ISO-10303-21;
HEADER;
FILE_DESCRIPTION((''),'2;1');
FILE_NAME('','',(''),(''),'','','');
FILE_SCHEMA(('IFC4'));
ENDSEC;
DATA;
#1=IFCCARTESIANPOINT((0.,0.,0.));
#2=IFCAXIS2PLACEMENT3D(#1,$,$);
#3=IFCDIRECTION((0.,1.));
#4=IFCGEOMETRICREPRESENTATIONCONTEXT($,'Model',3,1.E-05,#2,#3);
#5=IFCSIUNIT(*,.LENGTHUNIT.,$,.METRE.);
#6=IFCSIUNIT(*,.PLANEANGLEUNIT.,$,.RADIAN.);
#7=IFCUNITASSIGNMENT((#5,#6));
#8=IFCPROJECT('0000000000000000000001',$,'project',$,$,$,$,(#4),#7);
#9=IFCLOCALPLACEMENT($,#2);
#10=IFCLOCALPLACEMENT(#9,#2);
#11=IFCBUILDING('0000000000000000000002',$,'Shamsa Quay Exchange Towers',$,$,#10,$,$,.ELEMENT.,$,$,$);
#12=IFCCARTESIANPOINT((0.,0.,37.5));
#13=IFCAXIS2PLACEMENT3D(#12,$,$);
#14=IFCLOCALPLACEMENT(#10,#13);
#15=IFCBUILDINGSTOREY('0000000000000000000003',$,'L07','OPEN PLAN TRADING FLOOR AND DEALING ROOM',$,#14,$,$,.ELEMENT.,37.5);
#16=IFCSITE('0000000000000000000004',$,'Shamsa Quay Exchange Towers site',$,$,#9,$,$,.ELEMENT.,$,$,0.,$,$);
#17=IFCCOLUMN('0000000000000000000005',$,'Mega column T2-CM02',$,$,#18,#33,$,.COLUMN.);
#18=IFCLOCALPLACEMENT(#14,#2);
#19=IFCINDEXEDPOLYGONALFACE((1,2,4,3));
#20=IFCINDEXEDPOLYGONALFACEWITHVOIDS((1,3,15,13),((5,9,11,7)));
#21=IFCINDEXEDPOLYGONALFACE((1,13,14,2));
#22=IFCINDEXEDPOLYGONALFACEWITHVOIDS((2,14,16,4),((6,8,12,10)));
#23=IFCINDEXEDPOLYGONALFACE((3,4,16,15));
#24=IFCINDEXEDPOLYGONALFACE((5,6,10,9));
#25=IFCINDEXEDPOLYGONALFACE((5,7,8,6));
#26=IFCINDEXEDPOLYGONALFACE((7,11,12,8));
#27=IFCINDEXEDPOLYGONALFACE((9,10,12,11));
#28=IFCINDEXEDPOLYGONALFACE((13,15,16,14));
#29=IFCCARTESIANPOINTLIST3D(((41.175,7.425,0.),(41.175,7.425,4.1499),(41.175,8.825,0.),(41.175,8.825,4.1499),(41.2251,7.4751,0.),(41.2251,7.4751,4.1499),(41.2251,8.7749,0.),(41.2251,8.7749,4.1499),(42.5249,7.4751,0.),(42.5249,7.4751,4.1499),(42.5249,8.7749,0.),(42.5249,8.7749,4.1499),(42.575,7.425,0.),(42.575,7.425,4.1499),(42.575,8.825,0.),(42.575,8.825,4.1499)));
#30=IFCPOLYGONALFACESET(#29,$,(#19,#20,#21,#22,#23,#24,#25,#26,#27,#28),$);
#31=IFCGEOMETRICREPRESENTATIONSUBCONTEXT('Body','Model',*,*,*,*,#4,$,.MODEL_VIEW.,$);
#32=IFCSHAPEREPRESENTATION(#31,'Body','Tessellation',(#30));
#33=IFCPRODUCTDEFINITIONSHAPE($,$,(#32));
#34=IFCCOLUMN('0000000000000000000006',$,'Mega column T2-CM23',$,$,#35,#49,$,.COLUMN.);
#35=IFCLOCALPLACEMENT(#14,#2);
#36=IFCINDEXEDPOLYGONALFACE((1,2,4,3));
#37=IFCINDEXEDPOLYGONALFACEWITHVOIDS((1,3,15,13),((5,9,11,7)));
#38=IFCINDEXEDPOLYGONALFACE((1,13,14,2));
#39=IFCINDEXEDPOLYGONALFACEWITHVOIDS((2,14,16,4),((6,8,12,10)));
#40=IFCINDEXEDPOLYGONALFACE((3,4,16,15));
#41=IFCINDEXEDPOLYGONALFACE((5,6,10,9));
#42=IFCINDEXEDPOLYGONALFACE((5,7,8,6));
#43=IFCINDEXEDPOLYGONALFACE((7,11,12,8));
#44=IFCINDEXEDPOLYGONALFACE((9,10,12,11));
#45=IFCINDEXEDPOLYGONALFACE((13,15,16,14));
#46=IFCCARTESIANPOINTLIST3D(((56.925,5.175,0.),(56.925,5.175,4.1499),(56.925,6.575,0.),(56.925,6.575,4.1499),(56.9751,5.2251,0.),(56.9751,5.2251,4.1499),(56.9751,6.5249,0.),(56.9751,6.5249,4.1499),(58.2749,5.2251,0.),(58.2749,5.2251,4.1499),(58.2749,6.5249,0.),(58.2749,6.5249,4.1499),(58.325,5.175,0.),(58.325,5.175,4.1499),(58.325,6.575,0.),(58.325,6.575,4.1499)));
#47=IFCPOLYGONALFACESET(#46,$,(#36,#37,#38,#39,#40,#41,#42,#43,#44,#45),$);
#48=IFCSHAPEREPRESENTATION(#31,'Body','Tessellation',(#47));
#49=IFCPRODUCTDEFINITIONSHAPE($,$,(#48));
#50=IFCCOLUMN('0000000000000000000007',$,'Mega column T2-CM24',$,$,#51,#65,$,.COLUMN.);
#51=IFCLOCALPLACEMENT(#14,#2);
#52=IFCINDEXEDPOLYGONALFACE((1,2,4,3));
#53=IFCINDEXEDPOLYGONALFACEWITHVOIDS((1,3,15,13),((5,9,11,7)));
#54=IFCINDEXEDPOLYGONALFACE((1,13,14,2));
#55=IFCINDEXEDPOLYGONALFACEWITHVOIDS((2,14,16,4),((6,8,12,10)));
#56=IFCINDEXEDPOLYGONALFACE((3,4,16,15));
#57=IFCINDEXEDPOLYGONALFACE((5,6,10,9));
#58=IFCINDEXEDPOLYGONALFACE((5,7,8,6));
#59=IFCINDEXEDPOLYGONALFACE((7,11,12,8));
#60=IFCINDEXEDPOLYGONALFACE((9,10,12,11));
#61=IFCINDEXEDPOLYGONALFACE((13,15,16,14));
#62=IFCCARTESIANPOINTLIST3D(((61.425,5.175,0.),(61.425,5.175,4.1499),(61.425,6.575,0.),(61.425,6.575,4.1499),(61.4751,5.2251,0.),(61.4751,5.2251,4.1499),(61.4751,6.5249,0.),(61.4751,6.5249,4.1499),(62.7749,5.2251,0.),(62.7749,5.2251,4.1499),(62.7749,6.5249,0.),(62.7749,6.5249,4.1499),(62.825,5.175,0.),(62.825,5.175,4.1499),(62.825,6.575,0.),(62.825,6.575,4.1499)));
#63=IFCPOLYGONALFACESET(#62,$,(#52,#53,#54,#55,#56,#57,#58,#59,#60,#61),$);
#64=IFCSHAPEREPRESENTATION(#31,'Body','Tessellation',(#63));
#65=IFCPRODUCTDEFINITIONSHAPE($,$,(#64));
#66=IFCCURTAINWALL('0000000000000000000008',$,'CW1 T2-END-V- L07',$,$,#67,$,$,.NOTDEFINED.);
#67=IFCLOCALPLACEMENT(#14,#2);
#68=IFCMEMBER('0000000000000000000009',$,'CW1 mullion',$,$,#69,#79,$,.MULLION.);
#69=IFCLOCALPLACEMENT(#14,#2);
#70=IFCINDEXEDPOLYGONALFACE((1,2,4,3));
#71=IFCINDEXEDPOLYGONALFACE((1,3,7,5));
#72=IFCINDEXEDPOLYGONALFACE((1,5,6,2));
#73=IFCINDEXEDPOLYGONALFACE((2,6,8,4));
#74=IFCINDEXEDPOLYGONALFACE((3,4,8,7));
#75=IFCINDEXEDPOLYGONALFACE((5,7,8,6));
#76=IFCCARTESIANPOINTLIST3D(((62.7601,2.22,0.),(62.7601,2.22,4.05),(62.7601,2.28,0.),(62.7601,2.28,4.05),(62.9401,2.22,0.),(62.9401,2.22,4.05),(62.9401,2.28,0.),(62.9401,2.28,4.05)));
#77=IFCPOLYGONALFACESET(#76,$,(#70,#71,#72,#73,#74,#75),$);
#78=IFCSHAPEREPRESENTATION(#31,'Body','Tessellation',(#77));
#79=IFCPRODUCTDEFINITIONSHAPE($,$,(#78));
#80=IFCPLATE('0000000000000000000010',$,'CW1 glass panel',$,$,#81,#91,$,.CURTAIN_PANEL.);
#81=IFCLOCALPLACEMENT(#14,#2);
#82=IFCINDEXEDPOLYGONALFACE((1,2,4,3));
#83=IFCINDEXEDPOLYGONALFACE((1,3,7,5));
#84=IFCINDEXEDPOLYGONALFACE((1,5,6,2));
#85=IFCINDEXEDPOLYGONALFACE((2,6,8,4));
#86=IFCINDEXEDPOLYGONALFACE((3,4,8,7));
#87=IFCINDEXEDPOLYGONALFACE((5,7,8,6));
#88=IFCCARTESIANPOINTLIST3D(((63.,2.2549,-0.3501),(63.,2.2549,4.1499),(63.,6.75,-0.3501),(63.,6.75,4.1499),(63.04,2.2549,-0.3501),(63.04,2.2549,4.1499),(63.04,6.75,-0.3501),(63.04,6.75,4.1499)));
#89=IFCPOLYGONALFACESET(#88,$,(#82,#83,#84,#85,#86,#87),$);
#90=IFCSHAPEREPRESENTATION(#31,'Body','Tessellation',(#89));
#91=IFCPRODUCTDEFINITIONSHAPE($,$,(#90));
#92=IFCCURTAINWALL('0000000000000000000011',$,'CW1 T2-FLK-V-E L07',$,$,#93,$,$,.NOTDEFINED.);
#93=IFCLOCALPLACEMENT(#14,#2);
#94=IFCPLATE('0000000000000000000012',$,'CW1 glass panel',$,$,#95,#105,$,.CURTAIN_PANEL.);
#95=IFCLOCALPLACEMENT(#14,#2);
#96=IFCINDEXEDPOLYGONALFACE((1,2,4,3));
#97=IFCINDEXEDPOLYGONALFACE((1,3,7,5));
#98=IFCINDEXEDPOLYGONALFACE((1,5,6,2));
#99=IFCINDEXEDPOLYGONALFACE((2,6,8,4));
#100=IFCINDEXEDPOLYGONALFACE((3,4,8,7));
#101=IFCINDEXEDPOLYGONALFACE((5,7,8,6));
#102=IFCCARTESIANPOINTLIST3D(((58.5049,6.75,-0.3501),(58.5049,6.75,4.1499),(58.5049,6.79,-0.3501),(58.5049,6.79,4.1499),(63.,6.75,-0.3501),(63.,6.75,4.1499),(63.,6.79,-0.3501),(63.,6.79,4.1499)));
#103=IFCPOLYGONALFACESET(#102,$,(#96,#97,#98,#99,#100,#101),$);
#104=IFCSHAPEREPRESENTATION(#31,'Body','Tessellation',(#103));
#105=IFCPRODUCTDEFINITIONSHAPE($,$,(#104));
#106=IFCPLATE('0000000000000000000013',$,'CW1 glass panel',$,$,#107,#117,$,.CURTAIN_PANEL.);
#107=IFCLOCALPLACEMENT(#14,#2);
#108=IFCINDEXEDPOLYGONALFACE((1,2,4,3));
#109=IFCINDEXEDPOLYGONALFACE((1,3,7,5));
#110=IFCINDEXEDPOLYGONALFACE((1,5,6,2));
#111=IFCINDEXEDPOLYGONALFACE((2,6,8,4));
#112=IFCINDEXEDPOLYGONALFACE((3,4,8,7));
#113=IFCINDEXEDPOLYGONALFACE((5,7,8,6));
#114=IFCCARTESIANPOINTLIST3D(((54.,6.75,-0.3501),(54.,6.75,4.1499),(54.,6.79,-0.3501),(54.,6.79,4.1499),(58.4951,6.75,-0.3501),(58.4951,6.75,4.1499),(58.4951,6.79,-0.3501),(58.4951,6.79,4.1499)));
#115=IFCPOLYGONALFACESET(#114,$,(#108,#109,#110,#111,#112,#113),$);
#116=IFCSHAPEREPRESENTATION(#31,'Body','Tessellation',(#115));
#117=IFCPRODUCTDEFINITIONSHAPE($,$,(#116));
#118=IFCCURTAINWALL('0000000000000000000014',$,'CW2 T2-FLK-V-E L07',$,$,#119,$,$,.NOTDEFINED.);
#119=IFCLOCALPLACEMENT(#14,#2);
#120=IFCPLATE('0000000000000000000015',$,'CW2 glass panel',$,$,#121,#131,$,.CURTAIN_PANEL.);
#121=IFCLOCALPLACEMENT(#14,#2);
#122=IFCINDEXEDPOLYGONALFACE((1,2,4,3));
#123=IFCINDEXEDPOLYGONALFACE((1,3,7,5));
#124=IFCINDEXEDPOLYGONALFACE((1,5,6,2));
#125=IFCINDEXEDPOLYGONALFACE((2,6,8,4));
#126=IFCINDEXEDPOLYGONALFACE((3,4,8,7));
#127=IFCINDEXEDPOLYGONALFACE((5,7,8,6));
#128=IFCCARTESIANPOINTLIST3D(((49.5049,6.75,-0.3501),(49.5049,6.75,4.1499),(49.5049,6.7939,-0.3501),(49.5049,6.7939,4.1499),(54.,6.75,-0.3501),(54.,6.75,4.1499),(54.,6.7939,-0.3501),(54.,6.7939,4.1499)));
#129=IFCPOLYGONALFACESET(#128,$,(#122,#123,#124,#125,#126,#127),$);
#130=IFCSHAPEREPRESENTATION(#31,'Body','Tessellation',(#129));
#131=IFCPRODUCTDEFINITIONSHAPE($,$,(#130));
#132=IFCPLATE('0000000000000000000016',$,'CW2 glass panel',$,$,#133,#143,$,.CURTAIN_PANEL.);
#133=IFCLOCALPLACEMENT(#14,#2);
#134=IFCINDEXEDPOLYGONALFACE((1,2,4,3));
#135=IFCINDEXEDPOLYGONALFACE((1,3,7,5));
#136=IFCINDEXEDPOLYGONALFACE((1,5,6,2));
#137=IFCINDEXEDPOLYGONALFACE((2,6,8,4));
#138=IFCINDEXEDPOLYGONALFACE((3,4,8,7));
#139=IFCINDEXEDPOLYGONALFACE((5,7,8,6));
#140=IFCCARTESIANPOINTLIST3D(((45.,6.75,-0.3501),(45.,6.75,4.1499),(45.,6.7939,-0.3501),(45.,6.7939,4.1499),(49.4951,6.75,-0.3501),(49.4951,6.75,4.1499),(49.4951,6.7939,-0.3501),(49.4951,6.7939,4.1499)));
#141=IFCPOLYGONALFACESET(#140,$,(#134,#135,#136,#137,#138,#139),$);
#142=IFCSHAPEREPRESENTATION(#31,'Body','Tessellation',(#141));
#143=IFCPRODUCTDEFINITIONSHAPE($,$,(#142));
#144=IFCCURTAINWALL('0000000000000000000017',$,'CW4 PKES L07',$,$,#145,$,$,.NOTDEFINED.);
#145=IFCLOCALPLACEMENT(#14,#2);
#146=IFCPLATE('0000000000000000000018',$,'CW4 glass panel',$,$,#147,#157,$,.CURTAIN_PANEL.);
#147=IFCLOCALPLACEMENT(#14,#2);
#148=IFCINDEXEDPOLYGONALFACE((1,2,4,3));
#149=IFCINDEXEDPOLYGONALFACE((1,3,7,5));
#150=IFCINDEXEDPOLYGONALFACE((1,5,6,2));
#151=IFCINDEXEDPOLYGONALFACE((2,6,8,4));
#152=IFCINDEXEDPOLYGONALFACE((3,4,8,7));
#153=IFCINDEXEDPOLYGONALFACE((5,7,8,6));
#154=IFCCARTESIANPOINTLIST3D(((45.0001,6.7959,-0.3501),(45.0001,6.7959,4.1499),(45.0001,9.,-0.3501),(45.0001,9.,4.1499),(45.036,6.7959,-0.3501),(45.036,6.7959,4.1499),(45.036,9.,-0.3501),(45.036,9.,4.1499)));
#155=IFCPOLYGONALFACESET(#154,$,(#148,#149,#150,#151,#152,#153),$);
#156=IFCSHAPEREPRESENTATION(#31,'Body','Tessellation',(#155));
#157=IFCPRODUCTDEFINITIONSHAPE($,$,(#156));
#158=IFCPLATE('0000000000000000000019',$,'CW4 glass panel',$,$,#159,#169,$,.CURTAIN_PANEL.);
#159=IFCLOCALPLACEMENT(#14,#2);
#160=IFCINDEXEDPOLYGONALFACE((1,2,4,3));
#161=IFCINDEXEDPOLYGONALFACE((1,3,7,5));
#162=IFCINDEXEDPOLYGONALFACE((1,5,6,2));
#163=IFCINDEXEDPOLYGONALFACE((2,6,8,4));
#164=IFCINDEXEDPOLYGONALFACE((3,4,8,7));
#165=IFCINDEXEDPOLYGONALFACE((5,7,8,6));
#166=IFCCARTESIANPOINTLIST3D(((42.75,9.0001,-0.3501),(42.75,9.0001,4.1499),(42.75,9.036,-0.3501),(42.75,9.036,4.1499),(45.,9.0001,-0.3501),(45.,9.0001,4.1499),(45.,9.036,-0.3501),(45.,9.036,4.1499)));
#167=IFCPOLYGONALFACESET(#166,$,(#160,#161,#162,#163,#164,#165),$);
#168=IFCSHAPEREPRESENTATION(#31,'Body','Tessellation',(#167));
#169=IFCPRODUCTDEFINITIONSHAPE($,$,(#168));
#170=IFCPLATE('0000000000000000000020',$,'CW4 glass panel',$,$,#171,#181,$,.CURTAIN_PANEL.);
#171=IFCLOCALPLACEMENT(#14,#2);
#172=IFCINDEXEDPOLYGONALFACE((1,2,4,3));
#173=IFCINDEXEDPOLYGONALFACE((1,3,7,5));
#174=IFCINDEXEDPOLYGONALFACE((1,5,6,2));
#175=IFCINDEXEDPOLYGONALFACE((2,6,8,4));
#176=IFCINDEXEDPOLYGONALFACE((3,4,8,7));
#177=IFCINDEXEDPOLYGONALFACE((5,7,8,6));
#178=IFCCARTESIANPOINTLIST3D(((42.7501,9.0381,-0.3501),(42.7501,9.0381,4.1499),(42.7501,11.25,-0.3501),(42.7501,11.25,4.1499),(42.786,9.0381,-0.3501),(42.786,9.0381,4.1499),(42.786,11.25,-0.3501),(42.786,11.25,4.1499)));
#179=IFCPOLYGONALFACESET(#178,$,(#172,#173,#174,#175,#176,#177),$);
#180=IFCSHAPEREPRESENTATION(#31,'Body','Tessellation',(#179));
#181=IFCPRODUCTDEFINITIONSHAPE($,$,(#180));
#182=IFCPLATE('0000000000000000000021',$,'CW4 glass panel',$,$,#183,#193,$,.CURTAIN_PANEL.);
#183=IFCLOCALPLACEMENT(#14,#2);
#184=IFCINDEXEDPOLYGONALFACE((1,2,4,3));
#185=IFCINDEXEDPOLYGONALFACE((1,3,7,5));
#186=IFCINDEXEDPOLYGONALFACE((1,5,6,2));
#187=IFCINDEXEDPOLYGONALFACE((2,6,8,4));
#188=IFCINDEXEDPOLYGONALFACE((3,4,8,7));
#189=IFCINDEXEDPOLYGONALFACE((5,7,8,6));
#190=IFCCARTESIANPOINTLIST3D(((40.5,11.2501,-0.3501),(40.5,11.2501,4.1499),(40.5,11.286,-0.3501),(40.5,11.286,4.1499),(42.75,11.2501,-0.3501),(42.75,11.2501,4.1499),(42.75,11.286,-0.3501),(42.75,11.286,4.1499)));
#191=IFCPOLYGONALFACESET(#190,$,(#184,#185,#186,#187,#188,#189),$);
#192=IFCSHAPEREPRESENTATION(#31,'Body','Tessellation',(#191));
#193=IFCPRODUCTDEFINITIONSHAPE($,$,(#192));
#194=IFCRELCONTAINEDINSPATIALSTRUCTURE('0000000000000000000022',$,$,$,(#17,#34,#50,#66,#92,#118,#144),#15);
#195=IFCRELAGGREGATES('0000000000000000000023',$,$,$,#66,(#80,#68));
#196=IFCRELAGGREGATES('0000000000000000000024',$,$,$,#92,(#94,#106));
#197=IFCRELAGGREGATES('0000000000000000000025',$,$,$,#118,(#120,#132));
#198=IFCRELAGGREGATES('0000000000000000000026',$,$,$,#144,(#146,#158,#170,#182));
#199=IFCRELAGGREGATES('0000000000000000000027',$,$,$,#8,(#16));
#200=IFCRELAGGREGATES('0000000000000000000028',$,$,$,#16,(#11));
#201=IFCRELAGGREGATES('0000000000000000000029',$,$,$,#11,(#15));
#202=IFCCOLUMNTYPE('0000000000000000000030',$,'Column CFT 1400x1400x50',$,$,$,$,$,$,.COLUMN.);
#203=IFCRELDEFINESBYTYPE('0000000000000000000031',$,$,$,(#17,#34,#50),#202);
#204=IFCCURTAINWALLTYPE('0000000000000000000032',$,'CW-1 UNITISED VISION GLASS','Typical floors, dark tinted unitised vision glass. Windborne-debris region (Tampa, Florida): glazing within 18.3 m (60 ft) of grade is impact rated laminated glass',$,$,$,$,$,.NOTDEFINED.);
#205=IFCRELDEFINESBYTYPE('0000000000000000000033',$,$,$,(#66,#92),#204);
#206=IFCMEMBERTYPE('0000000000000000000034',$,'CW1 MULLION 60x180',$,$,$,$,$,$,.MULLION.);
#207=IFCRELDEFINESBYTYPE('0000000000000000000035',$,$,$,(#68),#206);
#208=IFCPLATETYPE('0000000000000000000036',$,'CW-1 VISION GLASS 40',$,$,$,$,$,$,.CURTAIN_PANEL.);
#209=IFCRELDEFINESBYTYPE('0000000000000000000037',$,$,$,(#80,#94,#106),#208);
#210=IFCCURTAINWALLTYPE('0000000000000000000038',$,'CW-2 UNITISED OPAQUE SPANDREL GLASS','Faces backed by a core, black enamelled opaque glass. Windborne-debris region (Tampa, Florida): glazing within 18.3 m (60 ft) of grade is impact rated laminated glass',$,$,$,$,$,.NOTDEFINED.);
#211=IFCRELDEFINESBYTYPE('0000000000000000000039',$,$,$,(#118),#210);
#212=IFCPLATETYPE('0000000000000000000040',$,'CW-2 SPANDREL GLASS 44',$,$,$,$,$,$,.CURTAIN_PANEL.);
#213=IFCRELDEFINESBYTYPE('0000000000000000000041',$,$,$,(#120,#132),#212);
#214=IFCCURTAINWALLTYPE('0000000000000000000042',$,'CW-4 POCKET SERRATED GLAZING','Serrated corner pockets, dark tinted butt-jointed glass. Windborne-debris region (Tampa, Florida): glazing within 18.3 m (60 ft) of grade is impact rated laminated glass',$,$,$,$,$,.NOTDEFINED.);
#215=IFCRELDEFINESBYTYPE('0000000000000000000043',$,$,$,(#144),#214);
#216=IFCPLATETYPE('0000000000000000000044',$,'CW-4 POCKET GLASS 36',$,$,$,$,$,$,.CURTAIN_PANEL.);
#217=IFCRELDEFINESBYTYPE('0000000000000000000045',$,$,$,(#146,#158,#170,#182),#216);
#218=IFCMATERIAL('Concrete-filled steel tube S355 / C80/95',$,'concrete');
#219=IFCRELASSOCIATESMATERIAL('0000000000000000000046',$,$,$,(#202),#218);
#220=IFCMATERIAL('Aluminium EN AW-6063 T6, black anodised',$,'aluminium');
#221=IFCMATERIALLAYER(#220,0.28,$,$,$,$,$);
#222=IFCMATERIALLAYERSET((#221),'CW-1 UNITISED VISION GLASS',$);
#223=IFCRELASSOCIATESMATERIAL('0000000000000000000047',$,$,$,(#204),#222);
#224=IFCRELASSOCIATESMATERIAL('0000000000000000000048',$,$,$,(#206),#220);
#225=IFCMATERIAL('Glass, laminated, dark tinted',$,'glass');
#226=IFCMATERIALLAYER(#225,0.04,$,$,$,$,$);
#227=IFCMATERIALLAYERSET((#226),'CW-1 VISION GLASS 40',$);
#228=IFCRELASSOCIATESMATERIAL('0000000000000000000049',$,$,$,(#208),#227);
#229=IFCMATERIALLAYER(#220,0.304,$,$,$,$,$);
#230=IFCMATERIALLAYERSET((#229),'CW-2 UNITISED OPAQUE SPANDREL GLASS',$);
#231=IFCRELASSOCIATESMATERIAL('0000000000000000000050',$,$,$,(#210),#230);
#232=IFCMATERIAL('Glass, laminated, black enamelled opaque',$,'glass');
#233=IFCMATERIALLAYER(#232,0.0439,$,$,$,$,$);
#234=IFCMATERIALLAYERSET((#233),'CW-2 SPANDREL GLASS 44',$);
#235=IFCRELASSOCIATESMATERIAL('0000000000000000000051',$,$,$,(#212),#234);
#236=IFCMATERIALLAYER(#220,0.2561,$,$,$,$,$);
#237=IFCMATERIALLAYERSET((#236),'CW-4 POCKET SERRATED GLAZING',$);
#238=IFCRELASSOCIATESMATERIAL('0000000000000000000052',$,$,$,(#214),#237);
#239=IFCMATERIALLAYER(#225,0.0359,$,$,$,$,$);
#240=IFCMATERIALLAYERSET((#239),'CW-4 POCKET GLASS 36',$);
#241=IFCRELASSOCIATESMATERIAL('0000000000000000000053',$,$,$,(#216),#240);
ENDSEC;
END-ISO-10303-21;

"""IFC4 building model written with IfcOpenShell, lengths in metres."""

from ifc_helpers import new_model, si_unit, direction, frame, origin, origin_2d, place, context, subcontext, project, spatial, rectangle, hollow_rectangle, extrude, material, layer, layer_set, material_profile, profile_set, type_object, element, aggregate, save


model = new_model("IFC4")

# Units and contexts
model_context = context("Model", 3, precision=1e-05, world=origin(), true_north=direction((0.0, 1.0)))
body_context = subcontext(model_context, "Body", "Model", "MODEL_VIEW")
ifc_project = project(units=[si_unit("LENGTHUNIT", "METRE"), si_unit("PLANEANGLEUNIT", "RADIAN")], contexts=[model_context])

# Site, building, storey
site_placement = place(None, origin())
site = spatial("IfcSite", under=ifc_project, at=site_placement, Name="Shamsa Quay Exchange Towers site", CompositionType="ELEMENT", RefElevation=0.0)
building_placement = place(site_placement, origin())
building = spatial("IfcBuilding", under=site, at=building_placement, Name="Shamsa Quay Exchange Towers", CompositionType="ELEMENT")
storey_placement = place(building_placement, frame((0.0, 0.0, 37.5)))
storey = spatial("IfcBuildingStorey", under=building, at=storey_placement, Name="L07", Description="OPEN PLAN TRADING FLOOR AND DEALING ROOM", CompositionType="ELEMENT", Elevation=37.5)

# Columns
ifc_material_1 = material(Name="Concrete-filled steel tube S355 / C80/95", Category="concrete")
ifc_material_profile_1 = material_profile(ifc_material_1, hollow_rectangle(XDim=1.3999, YDim=1.3999, WallThickness=0.05, at=origin_2d()), Name="CFT 1400x1400x50")
ifc_profile_set_1 = profile_set([ifc_material_profile_1], Name="Concrete-filled steel tube S355 / C80/95")
column_type = type_object("IfcColumnType", Name="Column CFT 1400x1400x50", PredefinedType="COLUMN", material=ifc_profile_set_1)
for number, where, name in (
    (1, (41.875, 8.125, 0.0), "Mega column T2-CM02"),
    (2, (57.625, 5.875, 0.0), "Mega column T2-CM23"),
    (3, (62.125, 5.875, 0.0), "Mega column T2-CM24"),
):
    element("IfcColumn", number, at=place(storey_placement, frame(where)), inside=storey, type_object=column_type, Name=name, PredefinedType="COLUMN", context=body_context, shape_type="SweptSolid", body=[
        extrude(hollow_rectangle(XDim=1.3999, YDim=1.3999, WallThickness=0.05, at=origin_2d()), origin(), (0.0, 0.0, 1.0), 4.1499),
    ])

# Curtain wall, member, plate
ifc_material_2 = material(Name="Aluminium EN AW-6063 T6, black anodised", Category="aluminium")
ifc_layer_1 = layer(ifc_material_2, 0.28)
ifc_layer_set_1 = layer_set([ifc_layer_1], Name="CW-1 UNITISED VISION GLASS")
curtain_wall_type_1 = type_object("IfcCurtainWallType", Name="CW-1 UNITISED VISION GLASS", Description="Typical floors, dark tinted unitised vision glass. Windborne-debris region (Tampa, Florida): glazing within 18.3 m (60 ft) of grade is impact rated laminated glass", PredefinedType="NOTDEFINED", material=ifc_layer_set_1)
curtain_wall_1_placement = place(storey_placement, origin())
curtain_wall_1 = element("IfcCurtainWall", 4, at=curtain_wall_1_placement, inside=storey, type_object=curtain_wall_type_1, Name="CW1 T2-END-V- L07", PredefinedType="NOTDEFINED")
ifc_material_profile_2 = material_profile(ifc_material_2, rectangle(XDim=0.1799, YDim=0.0601, at=origin_2d()), Name="MU60x180")
ifc_profile_set_2 = profile_set([ifc_material_profile_2], Name="Aluminium EN AW-6063 T6, black anodised")
member_type = type_object("IfcMemberType", Name="CW1 MULLION 60x180", PredefinedType="MULLION", material=ifc_profile_set_2)
member_placement = place(storey_placement, frame((62.8501, 2.25, 0.0), z_axis=(0.0, 0.0, 1.0), x_axis=(-1.0, 0.0, 0.0)))
member = element("IfcMember", 5, at=member_placement, type_object=member_type, Name="CW1 mullion", PredefinedType="MULLION", context=body_context, shape_type="SweptSolid", body=[
    extrude(rectangle(XDim=0.1799, YDim=0.0601, at=origin_2d()), origin(), (0.0, 0.0, 1.0), 4.05),
])
ifc_material_3 = material(Name="Glass, laminated, dark tinted", Category="glass")
ifc_layer_2 = layer(ifc_material_3, 0.04)
ifc_layer_set_2 = layer_set([ifc_layer_2], Name="CW-1 VISION GLASS 40")
plate_type_1 = type_object("IfcPlateType", Name="CW-1 VISION GLASS 40", PredefinedType="CURTAIN_PANEL", material=ifc_layer_set_2)
plate_1_placement = place(storey_placement, frame((63.02, 4.5024, -0.3501), z_axis=(0.0, 0.0, 1.0), x_axis=(0.0, 1.0, 0.0)))
plate_1 = element("IfcPlate", 6, at=plate_1_placement, type_object=plate_type_1, Name="CW1 glass panel", PredefinedType="CURTAIN_PANEL", context=body_context, shape_type="SweptSolid", body=[
    extrude(rectangle(XDim=4.4951, YDim=0.04, at=origin_2d()), origin(), (0.0, 0.0, 1.0), 4.5),
])
aggregate(curtain_wall_1, [plate_1, member])

# Curtain walls, plates
curtain_wall_2_placement = place(storey_placement, origin())
curtain_wall_2 = element("IfcCurtainWall", 7, at=curtain_wall_2_placement, inside=storey, type_object=curtain_wall_type_1, Name="CW1 T2-FLK-V-E L07", PredefinedType="NOTDEFINED")
plate_2_placement = place(storey_placement, frame((60.7524, 6.77, -0.3501), z_axis=(0.0, 0.0, 1.0), x_axis=(-1.0, 0.0, 0.0)))
plate_2 = element("IfcPlate", 8, at=plate_2_placement, type_object=plate_type_1, Name="CW1 glass panel", PredefinedType="CURTAIN_PANEL", context=body_context, shape_type="SweptSolid", body=[
    extrude(rectangle(XDim=4.4951, YDim=0.04, at=origin_2d()), origin(), (0.0, 0.0, 1.0), 4.5),
])
plate_3_placement = place(storey_placement, frame((56.2476, 6.77, -0.3501), z_axis=(0.0, 0.0, 1.0), x_axis=(-1.0, 0.0, 0.0)))
plate_3 = element("IfcPlate", 9, at=plate_3_placement, type_object=plate_type_1, Name="CW1 glass panel", PredefinedType="CURTAIN_PANEL", context=body_context, shape_type="SweptSolid", body=[
    extrude(rectangle(XDim=4.4951, YDim=0.04, at=origin_2d()), origin(), (0.0, 0.0, 1.0), 4.5),
])
aggregate(curtain_wall_2, [plate_2, plate_3])
ifc_layer_3 = layer(ifc_material_2, 0.304)
ifc_layer_set_3 = layer_set([ifc_layer_3], Name="CW-2 UNITISED OPAQUE SPANDREL GLASS")
curtain_wall_type_2 = type_object("IfcCurtainWallType", Name="CW-2 UNITISED OPAQUE SPANDREL GLASS", Description="Faces backed by a core, black enamelled opaque glass. Windborne-debris region (Tampa, Florida): glazing within 18.3 m (60 ft) of grade is impact rated laminated glass", PredefinedType="NOTDEFINED", material=ifc_layer_set_3)
curtain_wall_3_placement = place(storey_placement, origin())
curtain_wall_3 = element("IfcCurtainWall", 10, at=curtain_wall_3_placement, inside=storey, type_object=curtain_wall_type_2, Name="CW2 T2-FLK-V-E L07", PredefinedType="NOTDEFINED")
ifc_material_4 = material(Name="Glass, laminated, black enamelled opaque", Category="glass")
ifc_layer_4 = layer(ifc_material_4, 0.0439)
ifc_layer_set_4 = layer_set([ifc_layer_4], Name="CW-2 SPANDREL GLASS 44")
plate_type_2 = type_object("IfcPlateType", Name="CW-2 SPANDREL GLASS 44", PredefinedType="CURTAIN_PANEL", material=ifc_layer_set_4)
plate_4_placement = place(storey_placement, frame((51.7524, 6.772, -0.3501), z_axis=(0.0, 0.0, 1.0), x_axis=(-1.0, 0.0, 0.0)))
plate_4 = element("IfcPlate", 11, at=plate_4_placement, type_object=plate_type_2, Name="CW2 glass panel", PredefinedType="CURTAIN_PANEL", context=body_context, shape_type="SweptSolid", body=[
    extrude(rectangle(XDim=4.4951, YDim=0.0439, at=origin_2d()), origin(), (0.0, 0.0, 1.0), 4.5),
])
plate_5_placement = place(storey_placement, frame((47.2476, 6.772, -0.3501), z_axis=(0.0, 0.0, 1.0), x_axis=(-1.0, 0.0, 0.0)))
plate_5 = element("IfcPlate", 12, at=plate_5_placement, type_object=plate_type_2, Name="CW2 glass panel", PredefinedType="CURTAIN_PANEL", context=body_context, shape_type="SweptSolid", body=[
    extrude(rectangle(XDim=4.4951, YDim=0.0439, at=origin_2d()), origin(), (0.0, 0.0, 1.0), 4.5),
])
aggregate(curtain_wall_3, [plate_4, plate_5])
ifc_layer_5 = layer(ifc_material_2, 0.2561)
ifc_layer_set_5 = layer_set([ifc_layer_5], Name="CW-4 POCKET SERRATED GLAZING")
curtain_wall_type_3 = type_object("IfcCurtainWallType", Name="CW-4 POCKET SERRATED GLAZING", Description="Serrated corner pockets, dark tinted butt-jointed glass. Windborne-debris region (Tampa, Florida): glazing within 18.3 m (60 ft) of grade is impact rated laminated glass", PredefinedType="NOTDEFINED", material=ifc_layer_set_5)
curtain_wall_4_placement = place(storey_placement, origin())
curtain_wall_4 = element("IfcCurtainWall", 13, at=curtain_wall_4_placement, inside=storey, type_object=curtain_wall_type_3, Name="CW4 PKES L07", PredefinedType="NOTDEFINED")
ifc_layer_6 = layer(ifc_material_3, 0.0359)
ifc_layer_set_6 = layer_set([ifc_layer_6], Name="CW-4 POCKET GLASS 36")
plate_type_3 = type_object("IfcPlateType", Name="CW-4 POCKET GLASS 36", PredefinedType="CURTAIN_PANEL", material=ifc_layer_set_6)
plate_6_placement = place(storey_placement, frame((45.0181, 7.8979, -0.3501), z_axis=(0.0, 0.0, 1.0), x_axis=(0.0, 1.0, 0.0)))
plate_6 = element("IfcPlate", 14, at=plate_6_placement, type_object=plate_type_3, Name="CW4 glass panel", PredefinedType="CURTAIN_PANEL", context=body_context, shape_type="SweptSolid", body=[
    extrude(rectangle(XDim=2.2041, YDim=0.0359, at=origin_2d()), origin(), (0.0, 0.0, 1.0), 4.5),
])
plate_7_placement = place(storey_placement, frame((43.875, 9.0181, -0.3501), z_axis=(0.0, 0.0, 1.0), x_axis=(-1.0, 0.0, 0.0)))
plate_7 = element("IfcPlate", 15, at=plate_7_placement, type_object=plate_type_3, Name="CW4 glass panel", PredefinedType="CURTAIN_PANEL", context=body_context, shape_type="SweptSolid", body=[
    extrude(rectangle(XDim=2.25, YDim=0.0359, at=origin_2d()), origin(), (0.0, 0.0, 1.0), 4.5),
])
plate_8_placement = place(storey_placement, frame((42.7681, 10.144, -0.3501), z_axis=(0.0, 0.0, 1.0), x_axis=(0.0, 1.0, 0.0)))
plate_8 = element("IfcPlate", 16, at=plate_8_placement, type_object=plate_type_3, Name="CW4 glass panel", PredefinedType="CURTAIN_PANEL", context=body_context, shape_type="SweptSolid", body=[
    extrude(rectangle(XDim=2.2119, YDim=0.0359, at=origin_2d()), origin(), (0.0, 0.0, 1.0), 4.5),
])
plate_9_placement = place(storey_placement, frame((41.625, 11.2681, -0.3501), z_axis=(0.0, 0.0, 1.0), x_axis=(-1.0, 0.0, 0.0)))
plate_9 = element("IfcPlate", 17, at=plate_9_placement, type_object=plate_type_3, Name="CW4 glass panel", PredefinedType="CURTAIN_PANEL", context=body_context, shape_type="SweptSolid", body=[
    extrude(rectangle(XDim=2.25, YDim=0.0359, at=origin_2d()), origin(), (0.0, 0.0, 1.0), 4.5),
])
aggregate(curtain_wall_4, [plate_6, plate_7, plate_8, plate_9])

save(model, "model.ifc")
